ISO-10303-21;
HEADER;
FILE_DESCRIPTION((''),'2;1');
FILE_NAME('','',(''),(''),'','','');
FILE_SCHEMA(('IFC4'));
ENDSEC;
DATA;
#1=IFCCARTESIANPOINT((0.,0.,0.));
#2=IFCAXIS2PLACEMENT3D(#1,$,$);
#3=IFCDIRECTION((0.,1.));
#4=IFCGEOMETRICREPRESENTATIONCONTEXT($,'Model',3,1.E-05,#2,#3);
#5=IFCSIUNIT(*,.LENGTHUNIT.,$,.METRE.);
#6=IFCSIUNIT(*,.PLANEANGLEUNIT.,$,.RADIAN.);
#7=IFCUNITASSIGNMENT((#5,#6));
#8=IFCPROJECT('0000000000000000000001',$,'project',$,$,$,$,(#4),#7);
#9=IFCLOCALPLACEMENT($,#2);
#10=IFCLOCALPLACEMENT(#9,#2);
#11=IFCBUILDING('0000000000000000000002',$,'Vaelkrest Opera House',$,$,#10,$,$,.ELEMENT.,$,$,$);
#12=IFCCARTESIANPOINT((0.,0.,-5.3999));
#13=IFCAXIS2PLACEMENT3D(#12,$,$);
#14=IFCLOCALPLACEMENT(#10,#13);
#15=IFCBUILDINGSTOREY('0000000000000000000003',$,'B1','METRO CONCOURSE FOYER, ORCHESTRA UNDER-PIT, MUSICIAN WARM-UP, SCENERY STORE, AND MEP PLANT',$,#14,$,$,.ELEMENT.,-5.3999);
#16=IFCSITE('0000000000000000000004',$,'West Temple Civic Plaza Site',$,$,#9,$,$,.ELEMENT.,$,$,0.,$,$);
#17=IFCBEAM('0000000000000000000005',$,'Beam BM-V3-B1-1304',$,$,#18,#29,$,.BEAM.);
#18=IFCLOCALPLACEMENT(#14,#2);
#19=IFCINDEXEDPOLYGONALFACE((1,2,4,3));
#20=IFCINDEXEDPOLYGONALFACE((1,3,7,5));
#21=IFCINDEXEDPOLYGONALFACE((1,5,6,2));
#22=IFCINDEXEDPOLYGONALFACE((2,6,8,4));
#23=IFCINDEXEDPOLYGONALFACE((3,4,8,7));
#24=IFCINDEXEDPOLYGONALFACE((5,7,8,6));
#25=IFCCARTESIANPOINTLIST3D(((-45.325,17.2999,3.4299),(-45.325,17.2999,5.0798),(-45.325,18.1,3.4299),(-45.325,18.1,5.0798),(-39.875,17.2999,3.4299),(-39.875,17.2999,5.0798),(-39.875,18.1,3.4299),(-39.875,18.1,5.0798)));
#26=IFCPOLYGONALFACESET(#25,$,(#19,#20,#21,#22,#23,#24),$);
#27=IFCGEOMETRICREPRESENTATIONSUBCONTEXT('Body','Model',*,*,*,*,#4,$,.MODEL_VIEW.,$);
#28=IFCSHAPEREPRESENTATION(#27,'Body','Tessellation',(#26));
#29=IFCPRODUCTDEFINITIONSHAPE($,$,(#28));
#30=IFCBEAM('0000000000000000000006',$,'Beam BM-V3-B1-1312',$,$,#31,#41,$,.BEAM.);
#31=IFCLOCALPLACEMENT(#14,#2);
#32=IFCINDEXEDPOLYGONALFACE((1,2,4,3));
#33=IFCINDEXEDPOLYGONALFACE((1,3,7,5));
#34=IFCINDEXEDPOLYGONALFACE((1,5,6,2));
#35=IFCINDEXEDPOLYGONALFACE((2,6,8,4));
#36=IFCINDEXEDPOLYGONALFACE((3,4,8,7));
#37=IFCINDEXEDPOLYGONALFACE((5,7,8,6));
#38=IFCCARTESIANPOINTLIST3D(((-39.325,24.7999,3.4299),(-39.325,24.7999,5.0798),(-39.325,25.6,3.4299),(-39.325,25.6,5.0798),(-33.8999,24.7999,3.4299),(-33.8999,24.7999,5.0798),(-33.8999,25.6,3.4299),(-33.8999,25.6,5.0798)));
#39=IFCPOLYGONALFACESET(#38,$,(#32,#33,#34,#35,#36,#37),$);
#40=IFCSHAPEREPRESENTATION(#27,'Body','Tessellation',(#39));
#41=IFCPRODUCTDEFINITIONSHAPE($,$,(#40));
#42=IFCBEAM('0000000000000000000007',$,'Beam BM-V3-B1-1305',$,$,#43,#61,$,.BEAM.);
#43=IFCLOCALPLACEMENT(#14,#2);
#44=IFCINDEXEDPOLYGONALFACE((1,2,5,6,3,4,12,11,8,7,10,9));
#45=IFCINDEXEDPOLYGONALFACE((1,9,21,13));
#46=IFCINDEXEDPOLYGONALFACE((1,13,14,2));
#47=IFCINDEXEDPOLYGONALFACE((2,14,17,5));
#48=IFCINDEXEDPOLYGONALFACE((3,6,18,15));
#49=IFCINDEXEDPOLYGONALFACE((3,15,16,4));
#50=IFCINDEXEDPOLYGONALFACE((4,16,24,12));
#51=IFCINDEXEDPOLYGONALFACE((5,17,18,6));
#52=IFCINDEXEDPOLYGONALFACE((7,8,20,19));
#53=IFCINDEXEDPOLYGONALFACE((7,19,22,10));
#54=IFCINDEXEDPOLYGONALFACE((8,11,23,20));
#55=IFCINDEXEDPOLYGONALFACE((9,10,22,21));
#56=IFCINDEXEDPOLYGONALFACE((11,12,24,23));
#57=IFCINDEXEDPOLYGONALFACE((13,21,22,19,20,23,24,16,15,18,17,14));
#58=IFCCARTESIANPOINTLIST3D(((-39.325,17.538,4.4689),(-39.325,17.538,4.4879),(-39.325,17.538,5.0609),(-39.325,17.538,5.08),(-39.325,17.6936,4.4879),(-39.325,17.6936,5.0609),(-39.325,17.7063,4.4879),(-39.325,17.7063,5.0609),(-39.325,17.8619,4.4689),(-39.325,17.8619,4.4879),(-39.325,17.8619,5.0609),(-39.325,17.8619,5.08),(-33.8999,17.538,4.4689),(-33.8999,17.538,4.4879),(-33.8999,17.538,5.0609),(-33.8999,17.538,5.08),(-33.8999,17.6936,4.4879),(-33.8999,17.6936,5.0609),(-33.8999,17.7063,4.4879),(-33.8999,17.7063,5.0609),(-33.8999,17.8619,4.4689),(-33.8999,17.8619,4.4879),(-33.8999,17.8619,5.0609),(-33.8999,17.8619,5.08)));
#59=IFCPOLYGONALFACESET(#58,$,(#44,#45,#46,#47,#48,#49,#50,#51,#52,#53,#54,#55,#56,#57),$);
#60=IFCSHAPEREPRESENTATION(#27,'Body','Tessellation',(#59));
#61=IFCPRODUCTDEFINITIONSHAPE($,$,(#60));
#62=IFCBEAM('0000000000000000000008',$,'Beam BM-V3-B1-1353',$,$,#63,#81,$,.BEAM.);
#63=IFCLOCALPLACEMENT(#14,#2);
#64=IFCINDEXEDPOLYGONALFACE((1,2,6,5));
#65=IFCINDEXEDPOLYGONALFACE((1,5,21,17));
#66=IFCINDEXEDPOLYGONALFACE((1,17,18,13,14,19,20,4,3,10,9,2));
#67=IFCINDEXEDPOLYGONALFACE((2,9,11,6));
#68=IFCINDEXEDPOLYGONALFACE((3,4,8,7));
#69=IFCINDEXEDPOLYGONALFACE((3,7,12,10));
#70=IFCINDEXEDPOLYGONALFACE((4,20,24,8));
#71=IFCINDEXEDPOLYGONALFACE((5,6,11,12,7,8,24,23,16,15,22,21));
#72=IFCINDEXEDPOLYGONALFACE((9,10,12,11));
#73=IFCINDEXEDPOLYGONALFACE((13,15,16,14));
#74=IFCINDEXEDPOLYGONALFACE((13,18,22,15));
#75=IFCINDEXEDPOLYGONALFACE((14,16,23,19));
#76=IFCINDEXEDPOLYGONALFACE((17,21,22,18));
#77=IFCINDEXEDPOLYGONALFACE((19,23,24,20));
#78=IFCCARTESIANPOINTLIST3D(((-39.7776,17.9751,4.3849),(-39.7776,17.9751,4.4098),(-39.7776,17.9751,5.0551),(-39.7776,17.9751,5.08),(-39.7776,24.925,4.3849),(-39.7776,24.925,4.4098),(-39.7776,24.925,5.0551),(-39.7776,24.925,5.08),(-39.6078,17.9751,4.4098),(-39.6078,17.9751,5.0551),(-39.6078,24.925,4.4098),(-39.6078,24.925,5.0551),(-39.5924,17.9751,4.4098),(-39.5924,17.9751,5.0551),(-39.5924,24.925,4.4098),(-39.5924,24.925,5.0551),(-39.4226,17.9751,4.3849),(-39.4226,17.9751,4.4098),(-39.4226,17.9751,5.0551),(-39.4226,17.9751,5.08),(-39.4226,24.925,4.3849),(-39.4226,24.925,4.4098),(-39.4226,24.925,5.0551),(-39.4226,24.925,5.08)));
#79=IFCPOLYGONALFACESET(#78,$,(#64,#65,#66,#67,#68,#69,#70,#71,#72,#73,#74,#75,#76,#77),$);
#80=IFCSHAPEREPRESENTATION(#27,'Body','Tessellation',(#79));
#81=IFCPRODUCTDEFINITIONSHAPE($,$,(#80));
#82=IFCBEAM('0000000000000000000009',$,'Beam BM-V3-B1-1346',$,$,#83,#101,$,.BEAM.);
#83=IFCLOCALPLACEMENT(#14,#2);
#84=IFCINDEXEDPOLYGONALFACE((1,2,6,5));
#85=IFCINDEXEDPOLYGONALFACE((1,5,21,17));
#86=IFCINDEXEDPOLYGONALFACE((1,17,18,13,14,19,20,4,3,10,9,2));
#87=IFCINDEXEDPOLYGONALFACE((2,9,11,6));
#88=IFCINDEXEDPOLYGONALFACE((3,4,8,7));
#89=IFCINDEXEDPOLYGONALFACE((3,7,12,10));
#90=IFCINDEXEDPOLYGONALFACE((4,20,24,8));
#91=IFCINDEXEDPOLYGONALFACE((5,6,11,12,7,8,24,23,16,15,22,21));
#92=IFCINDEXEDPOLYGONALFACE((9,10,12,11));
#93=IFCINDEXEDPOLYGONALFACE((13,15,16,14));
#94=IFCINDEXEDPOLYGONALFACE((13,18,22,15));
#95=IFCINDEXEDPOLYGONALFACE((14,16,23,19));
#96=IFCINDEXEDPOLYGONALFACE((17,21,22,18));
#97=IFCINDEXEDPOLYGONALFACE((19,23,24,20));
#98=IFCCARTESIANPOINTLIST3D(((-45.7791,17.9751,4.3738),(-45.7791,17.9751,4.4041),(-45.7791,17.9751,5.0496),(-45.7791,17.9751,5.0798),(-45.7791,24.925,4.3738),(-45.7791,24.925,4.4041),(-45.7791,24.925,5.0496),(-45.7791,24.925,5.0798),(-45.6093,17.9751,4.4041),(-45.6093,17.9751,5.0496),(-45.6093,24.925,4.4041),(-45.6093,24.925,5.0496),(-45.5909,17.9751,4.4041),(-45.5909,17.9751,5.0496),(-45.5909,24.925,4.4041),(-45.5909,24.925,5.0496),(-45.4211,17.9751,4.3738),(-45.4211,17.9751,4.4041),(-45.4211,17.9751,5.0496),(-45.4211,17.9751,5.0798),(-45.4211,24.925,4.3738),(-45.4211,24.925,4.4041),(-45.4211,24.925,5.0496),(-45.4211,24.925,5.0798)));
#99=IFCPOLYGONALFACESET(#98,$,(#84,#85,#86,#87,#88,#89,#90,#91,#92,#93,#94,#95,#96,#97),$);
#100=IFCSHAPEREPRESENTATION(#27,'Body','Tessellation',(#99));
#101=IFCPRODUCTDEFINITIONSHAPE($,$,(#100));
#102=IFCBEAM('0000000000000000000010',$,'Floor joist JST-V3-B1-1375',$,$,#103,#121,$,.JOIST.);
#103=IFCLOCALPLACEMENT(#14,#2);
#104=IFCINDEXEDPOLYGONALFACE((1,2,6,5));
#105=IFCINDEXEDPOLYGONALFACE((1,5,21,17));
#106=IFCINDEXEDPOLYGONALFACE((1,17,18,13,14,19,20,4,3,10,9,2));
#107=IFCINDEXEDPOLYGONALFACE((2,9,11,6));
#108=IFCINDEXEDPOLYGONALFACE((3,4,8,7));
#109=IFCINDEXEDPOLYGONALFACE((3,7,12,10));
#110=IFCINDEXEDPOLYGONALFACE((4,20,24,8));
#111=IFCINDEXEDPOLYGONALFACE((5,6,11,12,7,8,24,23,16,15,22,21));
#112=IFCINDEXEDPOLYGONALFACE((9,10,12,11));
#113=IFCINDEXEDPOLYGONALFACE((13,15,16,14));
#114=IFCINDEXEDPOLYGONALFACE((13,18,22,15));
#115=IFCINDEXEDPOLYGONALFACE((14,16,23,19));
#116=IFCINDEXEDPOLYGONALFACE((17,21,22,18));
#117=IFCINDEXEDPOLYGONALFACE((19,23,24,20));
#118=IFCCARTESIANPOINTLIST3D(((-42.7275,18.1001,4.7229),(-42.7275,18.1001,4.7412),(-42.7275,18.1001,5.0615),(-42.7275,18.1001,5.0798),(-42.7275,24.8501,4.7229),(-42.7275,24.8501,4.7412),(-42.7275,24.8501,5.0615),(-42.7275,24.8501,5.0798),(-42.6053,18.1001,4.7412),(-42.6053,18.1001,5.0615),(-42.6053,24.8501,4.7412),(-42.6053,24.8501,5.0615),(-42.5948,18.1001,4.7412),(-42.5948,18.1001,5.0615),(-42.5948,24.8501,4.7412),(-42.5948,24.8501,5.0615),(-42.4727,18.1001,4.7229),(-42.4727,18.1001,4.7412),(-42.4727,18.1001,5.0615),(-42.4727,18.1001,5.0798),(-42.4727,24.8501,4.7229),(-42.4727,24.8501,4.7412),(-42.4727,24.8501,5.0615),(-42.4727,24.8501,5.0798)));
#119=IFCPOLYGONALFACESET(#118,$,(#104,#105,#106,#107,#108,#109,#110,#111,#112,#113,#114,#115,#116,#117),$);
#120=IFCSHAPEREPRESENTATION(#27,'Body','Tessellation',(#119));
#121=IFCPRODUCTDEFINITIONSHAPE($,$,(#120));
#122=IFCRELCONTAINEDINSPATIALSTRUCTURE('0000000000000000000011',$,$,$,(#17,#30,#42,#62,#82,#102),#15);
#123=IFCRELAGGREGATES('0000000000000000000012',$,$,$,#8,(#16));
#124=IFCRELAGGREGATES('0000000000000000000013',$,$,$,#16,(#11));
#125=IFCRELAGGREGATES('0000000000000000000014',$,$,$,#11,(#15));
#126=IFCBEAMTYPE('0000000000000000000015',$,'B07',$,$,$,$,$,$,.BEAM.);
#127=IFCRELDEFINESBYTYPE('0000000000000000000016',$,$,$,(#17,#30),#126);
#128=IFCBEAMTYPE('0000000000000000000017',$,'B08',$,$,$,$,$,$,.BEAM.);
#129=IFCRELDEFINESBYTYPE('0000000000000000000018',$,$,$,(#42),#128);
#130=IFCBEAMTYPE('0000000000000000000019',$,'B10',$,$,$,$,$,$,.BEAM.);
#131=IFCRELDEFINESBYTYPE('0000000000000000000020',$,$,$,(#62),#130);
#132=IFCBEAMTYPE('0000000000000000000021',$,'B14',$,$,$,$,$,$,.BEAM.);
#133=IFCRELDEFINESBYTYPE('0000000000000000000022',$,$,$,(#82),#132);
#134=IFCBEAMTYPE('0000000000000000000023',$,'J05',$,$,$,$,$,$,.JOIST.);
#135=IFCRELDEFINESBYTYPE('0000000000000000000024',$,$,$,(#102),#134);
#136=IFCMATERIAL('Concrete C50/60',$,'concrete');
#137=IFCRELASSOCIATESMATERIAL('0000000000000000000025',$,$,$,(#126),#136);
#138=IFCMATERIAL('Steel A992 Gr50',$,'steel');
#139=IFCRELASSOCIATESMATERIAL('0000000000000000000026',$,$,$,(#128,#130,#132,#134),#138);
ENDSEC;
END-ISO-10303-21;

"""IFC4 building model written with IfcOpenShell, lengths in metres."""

from ifc_helpers import new_model, si_unit, direction, frame, origin, origin_2d, place, context, subcontext, project, spatial, rectangle, i_section, extrude, material, material_profile, profile_set, type_object, element, save


model = new_model("IFC4")

# Units and contexts
model_context = context("Model", 3, precision=1e-05, world=origin(), true_north=direction((0.0, 1.0)))
body_context = subcontext(model_context, "Body", "Model", "MODEL_VIEW")
ifc_project = project(units=[si_unit("LENGTHUNIT", "METRE"), si_unit("PLANEANGLEUNIT", "RADIAN")], contexts=[model_context])

# Site, building, storey
site_placement = place(None, origin())
site = spatial("IfcSite", under=ifc_project, at=site_placement, Name="West Temple Civic Plaza Site", CompositionType="ELEMENT", RefElevation=0.0)
building_placement = place(site_placement, origin())
building = spatial("IfcBuilding", under=site, at=building_placement, Name="Vaelkrest Opera House", CompositionType="ELEMENT")
storey_placement = place(building_placement, frame((0.0, 0.0, -5.3999)))
storey = spatial("IfcBuildingStorey", under=building, at=storey_placement, Name="B1", Description="METRO CONCOURSE FOYER, ORCHESTRA UNDER-PIT, MUSICIAN WARM-UP, SCENERY STORE, AND MEP PLANT", CompositionType="ELEMENT", Elevation=-5.3999)

# Shared definitions
ifc_material_1 = material(Name="Concrete C50/60", Category="concrete")

# Beams
ifc_material_profile_1 = material_profile(ifc_material_1, rectangle(XDim=0.8, YDim=1.6499, at=origin_2d()), Name="RCB800X1650")
ifc_profile_set_1 = profile_set([ifc_material_profile_1], Name="Concrete C50/60")
beam_type_1 = type_object("IfcBeamType", Name="B07", PredefinedType="BEAM", material=ifc_profile_set_1)
beam_1_placement = place(storey_placement, frame((-45.325, 17.7, 4.2549), z_axis=(1.0, 0.0, 0.0), x_axis=(0.0, 1.0, 0.0)))
element("IfcBeam", 1, at=beam_1_placement, inside=storey, type_object=beam_type_1, Name="Beam BM-V3-B1-1304", PredefinedType="BEAM", context=body_context, shape_type="SweptSolid", body=[
    extrude(rectangle(XDim=0.8, YDim=1.6499, at=origin_2d()), origin(), (0.0, 0.0, 1.0), 5.45),
])
beam_2_placement = place(storey_placement, frame((-39.325, 25.2, 4.2549), z_axis=(1.0, 0.0, 0.0), x_axis=(0.0, 1.0, 0.0)))
element("IfcBeam", 2, at=beam_2_placement, inside=storey, type_object=beam_type_1, Name="Beam BM-V3-B1-1312", PredefinedType="BEAM", context=body_context, shape_type="SweptSolid", body=[
    extrude(rectangle(XDim=0.8, YDim=1.6499, at=origin_2d()), origin(), (0.0, 0.0, 1.0), 5.425),
])
ifc_material_2 = material(Name="Steel A992 Gr50", Category="steel")
ifc_material_profile_2 = material_profile(ifc_material_2, i_section(OverallWidth=0.324, OverallDepth=0.6111, WebThickness=0.0127, FlangeThickness=0.019, at=origin_2d()), Name="W24X104")
ifc_profile_set_2 = profile_set([ifc_material_profile_2], Name="Steel A992 Gr50")
beam_type_2 = type_object("IfcBeamType", Name="B08", PredefinedType="BEAM", material=ifc_profile_set_2)
beam_3_placement = place(storey_placement, frame((-39.325, 17.7, 4.7744), z_axis=(1.0, 0.0, 0.0), x_axis=(0.0, 1.0, 0.0)))
element("IfcBeam", 3, at=beam_3_placement, inside=storey, type_object=beam_type_2, Name="Beam BM-V3-B1-1305", PredefinedType="BEAM", context=body_context, shape_type="SweptSolid", body=[
    extrude(i_section(OverallWidth=0.324, OverallDepth=0.6111, WebThickness=0.0127, FlangeThickness=0.019, at=origin_2d()), origin(), (0.0, 0.0, 1.0), 5.425),
])
ifc_material_profile_3 = material_profile(ifc_material_2, i_section(OverallWidth=0.355, OverallDepth=0.6951, WebThickness=0.0154, FlangeThickness=0.0249, at=origin_2d()), Name="W27X146")
ifc_profile_set_3 = profile_set([ifc_material_profile_3], Name="Steel A992 Gr50")
beam_type_3 = type_object("IfcBeamType", Name="B10", PredefinedType="BEAM", material=ifc_profile_set_3)
beam_4_placement = place(storey_placement, frame((-39.6001, 17.9751, 4.7324), z_axis=(0.0, 1.0, 0.0), x_axis=(-1.0, 0.0, 0.0)))
element("IfcBeam", 4, at=beam_4_placement, inside=storey, type_object=beam_type_3, Name="Beam BM-V3-B1-1353", PredefinedType="BEAM", context=body_context, shape_type="SweptSolid", body=[
    extrude(i_section(OverallWidth=0.355, OverallDepth=0.6951, WebThickness=0.0154, FlangeThickness=0.0249, at=origin_2d()), origin(), (0.0, 0.0, 1.0), 6.95),
])
ifc_material_profile_4 = material_profile(ifc_material_2, i_section(OverallWidth=0.3579, OverallDepth=0.7061, WebThickness=0.0183, FlangeThickness=0.0303, at=origin_2d()), Name="W27X178")
ifc_profile_set_4 = profile_set([ifc_material_profile_4], Name="Steel A992 Gr50")
beam_type_4 = type_object("IfcBeamType", Name="B14", PredefinedType="BEAM", material=ifc_profile_set_4)
beam_5_placement = place(storey_placement, frame((-45.6001, 17.9751, 4.7268), z_axis=(0.0, 1.0, 0.0), x_axis=(-1.0, 0.0, 0.0)))
element("IfcBeam", 5, at=beam_5_placement, inside=storey, type_object=beam_type_4, Name="Beam BM-V3-B1-1346", PredefinedType="BEAM", context=body_context, shape_type="SweptSolid", body=[
    extrude(i_section(OverallWidth=0.3579, OverallDepth=0.7061, WebThickness=0.0183, FlangeThickness=0.0303, at=origin_2d()), origin(), (0.0, 0.0, 1.0), 6.95),
])
ifc_material_profile_5 = material_profile(ifc_material_2, i_section(OverallWidth=0.2549, OverallDepth=0.3569, WebThickness=0.0105, FlangeThickness=0.0183, at=origin_2d()), Name="W14X68")
ifc_profile_set_5 = profile_set([ifc_material_profile_5], Name="Steel A992 Gr50")
beam_type_5 = type_object("IfcBeamType", Name="J05", PredefinedType="JOIST", material=ifc_profile_set_5)
beam_6_placement = place(storey_placement, frame((-42.6001, 18.1001, 4.9014), z_axis=(0.0, 1.0, 0.0), x_axis=(-1.0, 0.0, 0.0)))
element("IfcBeam", 6, at=beam_6_placement, inside=storey, type_object=beam_type_5, Name="Floor joist JST-V3-B1-1375", PredefinedType="JOIST", context=body_context, shape_type="SweptSolid", body=[
    extrude(i_section(OverallWidth=0.2549, OverallDepth=0.3569, WebThickness=0.0105, FlangeThickness=0.0183, at=origin_2d()), origin(), (0.0, 0.0, 1.0), 6.75),
])

save(model, "model.ifc")
